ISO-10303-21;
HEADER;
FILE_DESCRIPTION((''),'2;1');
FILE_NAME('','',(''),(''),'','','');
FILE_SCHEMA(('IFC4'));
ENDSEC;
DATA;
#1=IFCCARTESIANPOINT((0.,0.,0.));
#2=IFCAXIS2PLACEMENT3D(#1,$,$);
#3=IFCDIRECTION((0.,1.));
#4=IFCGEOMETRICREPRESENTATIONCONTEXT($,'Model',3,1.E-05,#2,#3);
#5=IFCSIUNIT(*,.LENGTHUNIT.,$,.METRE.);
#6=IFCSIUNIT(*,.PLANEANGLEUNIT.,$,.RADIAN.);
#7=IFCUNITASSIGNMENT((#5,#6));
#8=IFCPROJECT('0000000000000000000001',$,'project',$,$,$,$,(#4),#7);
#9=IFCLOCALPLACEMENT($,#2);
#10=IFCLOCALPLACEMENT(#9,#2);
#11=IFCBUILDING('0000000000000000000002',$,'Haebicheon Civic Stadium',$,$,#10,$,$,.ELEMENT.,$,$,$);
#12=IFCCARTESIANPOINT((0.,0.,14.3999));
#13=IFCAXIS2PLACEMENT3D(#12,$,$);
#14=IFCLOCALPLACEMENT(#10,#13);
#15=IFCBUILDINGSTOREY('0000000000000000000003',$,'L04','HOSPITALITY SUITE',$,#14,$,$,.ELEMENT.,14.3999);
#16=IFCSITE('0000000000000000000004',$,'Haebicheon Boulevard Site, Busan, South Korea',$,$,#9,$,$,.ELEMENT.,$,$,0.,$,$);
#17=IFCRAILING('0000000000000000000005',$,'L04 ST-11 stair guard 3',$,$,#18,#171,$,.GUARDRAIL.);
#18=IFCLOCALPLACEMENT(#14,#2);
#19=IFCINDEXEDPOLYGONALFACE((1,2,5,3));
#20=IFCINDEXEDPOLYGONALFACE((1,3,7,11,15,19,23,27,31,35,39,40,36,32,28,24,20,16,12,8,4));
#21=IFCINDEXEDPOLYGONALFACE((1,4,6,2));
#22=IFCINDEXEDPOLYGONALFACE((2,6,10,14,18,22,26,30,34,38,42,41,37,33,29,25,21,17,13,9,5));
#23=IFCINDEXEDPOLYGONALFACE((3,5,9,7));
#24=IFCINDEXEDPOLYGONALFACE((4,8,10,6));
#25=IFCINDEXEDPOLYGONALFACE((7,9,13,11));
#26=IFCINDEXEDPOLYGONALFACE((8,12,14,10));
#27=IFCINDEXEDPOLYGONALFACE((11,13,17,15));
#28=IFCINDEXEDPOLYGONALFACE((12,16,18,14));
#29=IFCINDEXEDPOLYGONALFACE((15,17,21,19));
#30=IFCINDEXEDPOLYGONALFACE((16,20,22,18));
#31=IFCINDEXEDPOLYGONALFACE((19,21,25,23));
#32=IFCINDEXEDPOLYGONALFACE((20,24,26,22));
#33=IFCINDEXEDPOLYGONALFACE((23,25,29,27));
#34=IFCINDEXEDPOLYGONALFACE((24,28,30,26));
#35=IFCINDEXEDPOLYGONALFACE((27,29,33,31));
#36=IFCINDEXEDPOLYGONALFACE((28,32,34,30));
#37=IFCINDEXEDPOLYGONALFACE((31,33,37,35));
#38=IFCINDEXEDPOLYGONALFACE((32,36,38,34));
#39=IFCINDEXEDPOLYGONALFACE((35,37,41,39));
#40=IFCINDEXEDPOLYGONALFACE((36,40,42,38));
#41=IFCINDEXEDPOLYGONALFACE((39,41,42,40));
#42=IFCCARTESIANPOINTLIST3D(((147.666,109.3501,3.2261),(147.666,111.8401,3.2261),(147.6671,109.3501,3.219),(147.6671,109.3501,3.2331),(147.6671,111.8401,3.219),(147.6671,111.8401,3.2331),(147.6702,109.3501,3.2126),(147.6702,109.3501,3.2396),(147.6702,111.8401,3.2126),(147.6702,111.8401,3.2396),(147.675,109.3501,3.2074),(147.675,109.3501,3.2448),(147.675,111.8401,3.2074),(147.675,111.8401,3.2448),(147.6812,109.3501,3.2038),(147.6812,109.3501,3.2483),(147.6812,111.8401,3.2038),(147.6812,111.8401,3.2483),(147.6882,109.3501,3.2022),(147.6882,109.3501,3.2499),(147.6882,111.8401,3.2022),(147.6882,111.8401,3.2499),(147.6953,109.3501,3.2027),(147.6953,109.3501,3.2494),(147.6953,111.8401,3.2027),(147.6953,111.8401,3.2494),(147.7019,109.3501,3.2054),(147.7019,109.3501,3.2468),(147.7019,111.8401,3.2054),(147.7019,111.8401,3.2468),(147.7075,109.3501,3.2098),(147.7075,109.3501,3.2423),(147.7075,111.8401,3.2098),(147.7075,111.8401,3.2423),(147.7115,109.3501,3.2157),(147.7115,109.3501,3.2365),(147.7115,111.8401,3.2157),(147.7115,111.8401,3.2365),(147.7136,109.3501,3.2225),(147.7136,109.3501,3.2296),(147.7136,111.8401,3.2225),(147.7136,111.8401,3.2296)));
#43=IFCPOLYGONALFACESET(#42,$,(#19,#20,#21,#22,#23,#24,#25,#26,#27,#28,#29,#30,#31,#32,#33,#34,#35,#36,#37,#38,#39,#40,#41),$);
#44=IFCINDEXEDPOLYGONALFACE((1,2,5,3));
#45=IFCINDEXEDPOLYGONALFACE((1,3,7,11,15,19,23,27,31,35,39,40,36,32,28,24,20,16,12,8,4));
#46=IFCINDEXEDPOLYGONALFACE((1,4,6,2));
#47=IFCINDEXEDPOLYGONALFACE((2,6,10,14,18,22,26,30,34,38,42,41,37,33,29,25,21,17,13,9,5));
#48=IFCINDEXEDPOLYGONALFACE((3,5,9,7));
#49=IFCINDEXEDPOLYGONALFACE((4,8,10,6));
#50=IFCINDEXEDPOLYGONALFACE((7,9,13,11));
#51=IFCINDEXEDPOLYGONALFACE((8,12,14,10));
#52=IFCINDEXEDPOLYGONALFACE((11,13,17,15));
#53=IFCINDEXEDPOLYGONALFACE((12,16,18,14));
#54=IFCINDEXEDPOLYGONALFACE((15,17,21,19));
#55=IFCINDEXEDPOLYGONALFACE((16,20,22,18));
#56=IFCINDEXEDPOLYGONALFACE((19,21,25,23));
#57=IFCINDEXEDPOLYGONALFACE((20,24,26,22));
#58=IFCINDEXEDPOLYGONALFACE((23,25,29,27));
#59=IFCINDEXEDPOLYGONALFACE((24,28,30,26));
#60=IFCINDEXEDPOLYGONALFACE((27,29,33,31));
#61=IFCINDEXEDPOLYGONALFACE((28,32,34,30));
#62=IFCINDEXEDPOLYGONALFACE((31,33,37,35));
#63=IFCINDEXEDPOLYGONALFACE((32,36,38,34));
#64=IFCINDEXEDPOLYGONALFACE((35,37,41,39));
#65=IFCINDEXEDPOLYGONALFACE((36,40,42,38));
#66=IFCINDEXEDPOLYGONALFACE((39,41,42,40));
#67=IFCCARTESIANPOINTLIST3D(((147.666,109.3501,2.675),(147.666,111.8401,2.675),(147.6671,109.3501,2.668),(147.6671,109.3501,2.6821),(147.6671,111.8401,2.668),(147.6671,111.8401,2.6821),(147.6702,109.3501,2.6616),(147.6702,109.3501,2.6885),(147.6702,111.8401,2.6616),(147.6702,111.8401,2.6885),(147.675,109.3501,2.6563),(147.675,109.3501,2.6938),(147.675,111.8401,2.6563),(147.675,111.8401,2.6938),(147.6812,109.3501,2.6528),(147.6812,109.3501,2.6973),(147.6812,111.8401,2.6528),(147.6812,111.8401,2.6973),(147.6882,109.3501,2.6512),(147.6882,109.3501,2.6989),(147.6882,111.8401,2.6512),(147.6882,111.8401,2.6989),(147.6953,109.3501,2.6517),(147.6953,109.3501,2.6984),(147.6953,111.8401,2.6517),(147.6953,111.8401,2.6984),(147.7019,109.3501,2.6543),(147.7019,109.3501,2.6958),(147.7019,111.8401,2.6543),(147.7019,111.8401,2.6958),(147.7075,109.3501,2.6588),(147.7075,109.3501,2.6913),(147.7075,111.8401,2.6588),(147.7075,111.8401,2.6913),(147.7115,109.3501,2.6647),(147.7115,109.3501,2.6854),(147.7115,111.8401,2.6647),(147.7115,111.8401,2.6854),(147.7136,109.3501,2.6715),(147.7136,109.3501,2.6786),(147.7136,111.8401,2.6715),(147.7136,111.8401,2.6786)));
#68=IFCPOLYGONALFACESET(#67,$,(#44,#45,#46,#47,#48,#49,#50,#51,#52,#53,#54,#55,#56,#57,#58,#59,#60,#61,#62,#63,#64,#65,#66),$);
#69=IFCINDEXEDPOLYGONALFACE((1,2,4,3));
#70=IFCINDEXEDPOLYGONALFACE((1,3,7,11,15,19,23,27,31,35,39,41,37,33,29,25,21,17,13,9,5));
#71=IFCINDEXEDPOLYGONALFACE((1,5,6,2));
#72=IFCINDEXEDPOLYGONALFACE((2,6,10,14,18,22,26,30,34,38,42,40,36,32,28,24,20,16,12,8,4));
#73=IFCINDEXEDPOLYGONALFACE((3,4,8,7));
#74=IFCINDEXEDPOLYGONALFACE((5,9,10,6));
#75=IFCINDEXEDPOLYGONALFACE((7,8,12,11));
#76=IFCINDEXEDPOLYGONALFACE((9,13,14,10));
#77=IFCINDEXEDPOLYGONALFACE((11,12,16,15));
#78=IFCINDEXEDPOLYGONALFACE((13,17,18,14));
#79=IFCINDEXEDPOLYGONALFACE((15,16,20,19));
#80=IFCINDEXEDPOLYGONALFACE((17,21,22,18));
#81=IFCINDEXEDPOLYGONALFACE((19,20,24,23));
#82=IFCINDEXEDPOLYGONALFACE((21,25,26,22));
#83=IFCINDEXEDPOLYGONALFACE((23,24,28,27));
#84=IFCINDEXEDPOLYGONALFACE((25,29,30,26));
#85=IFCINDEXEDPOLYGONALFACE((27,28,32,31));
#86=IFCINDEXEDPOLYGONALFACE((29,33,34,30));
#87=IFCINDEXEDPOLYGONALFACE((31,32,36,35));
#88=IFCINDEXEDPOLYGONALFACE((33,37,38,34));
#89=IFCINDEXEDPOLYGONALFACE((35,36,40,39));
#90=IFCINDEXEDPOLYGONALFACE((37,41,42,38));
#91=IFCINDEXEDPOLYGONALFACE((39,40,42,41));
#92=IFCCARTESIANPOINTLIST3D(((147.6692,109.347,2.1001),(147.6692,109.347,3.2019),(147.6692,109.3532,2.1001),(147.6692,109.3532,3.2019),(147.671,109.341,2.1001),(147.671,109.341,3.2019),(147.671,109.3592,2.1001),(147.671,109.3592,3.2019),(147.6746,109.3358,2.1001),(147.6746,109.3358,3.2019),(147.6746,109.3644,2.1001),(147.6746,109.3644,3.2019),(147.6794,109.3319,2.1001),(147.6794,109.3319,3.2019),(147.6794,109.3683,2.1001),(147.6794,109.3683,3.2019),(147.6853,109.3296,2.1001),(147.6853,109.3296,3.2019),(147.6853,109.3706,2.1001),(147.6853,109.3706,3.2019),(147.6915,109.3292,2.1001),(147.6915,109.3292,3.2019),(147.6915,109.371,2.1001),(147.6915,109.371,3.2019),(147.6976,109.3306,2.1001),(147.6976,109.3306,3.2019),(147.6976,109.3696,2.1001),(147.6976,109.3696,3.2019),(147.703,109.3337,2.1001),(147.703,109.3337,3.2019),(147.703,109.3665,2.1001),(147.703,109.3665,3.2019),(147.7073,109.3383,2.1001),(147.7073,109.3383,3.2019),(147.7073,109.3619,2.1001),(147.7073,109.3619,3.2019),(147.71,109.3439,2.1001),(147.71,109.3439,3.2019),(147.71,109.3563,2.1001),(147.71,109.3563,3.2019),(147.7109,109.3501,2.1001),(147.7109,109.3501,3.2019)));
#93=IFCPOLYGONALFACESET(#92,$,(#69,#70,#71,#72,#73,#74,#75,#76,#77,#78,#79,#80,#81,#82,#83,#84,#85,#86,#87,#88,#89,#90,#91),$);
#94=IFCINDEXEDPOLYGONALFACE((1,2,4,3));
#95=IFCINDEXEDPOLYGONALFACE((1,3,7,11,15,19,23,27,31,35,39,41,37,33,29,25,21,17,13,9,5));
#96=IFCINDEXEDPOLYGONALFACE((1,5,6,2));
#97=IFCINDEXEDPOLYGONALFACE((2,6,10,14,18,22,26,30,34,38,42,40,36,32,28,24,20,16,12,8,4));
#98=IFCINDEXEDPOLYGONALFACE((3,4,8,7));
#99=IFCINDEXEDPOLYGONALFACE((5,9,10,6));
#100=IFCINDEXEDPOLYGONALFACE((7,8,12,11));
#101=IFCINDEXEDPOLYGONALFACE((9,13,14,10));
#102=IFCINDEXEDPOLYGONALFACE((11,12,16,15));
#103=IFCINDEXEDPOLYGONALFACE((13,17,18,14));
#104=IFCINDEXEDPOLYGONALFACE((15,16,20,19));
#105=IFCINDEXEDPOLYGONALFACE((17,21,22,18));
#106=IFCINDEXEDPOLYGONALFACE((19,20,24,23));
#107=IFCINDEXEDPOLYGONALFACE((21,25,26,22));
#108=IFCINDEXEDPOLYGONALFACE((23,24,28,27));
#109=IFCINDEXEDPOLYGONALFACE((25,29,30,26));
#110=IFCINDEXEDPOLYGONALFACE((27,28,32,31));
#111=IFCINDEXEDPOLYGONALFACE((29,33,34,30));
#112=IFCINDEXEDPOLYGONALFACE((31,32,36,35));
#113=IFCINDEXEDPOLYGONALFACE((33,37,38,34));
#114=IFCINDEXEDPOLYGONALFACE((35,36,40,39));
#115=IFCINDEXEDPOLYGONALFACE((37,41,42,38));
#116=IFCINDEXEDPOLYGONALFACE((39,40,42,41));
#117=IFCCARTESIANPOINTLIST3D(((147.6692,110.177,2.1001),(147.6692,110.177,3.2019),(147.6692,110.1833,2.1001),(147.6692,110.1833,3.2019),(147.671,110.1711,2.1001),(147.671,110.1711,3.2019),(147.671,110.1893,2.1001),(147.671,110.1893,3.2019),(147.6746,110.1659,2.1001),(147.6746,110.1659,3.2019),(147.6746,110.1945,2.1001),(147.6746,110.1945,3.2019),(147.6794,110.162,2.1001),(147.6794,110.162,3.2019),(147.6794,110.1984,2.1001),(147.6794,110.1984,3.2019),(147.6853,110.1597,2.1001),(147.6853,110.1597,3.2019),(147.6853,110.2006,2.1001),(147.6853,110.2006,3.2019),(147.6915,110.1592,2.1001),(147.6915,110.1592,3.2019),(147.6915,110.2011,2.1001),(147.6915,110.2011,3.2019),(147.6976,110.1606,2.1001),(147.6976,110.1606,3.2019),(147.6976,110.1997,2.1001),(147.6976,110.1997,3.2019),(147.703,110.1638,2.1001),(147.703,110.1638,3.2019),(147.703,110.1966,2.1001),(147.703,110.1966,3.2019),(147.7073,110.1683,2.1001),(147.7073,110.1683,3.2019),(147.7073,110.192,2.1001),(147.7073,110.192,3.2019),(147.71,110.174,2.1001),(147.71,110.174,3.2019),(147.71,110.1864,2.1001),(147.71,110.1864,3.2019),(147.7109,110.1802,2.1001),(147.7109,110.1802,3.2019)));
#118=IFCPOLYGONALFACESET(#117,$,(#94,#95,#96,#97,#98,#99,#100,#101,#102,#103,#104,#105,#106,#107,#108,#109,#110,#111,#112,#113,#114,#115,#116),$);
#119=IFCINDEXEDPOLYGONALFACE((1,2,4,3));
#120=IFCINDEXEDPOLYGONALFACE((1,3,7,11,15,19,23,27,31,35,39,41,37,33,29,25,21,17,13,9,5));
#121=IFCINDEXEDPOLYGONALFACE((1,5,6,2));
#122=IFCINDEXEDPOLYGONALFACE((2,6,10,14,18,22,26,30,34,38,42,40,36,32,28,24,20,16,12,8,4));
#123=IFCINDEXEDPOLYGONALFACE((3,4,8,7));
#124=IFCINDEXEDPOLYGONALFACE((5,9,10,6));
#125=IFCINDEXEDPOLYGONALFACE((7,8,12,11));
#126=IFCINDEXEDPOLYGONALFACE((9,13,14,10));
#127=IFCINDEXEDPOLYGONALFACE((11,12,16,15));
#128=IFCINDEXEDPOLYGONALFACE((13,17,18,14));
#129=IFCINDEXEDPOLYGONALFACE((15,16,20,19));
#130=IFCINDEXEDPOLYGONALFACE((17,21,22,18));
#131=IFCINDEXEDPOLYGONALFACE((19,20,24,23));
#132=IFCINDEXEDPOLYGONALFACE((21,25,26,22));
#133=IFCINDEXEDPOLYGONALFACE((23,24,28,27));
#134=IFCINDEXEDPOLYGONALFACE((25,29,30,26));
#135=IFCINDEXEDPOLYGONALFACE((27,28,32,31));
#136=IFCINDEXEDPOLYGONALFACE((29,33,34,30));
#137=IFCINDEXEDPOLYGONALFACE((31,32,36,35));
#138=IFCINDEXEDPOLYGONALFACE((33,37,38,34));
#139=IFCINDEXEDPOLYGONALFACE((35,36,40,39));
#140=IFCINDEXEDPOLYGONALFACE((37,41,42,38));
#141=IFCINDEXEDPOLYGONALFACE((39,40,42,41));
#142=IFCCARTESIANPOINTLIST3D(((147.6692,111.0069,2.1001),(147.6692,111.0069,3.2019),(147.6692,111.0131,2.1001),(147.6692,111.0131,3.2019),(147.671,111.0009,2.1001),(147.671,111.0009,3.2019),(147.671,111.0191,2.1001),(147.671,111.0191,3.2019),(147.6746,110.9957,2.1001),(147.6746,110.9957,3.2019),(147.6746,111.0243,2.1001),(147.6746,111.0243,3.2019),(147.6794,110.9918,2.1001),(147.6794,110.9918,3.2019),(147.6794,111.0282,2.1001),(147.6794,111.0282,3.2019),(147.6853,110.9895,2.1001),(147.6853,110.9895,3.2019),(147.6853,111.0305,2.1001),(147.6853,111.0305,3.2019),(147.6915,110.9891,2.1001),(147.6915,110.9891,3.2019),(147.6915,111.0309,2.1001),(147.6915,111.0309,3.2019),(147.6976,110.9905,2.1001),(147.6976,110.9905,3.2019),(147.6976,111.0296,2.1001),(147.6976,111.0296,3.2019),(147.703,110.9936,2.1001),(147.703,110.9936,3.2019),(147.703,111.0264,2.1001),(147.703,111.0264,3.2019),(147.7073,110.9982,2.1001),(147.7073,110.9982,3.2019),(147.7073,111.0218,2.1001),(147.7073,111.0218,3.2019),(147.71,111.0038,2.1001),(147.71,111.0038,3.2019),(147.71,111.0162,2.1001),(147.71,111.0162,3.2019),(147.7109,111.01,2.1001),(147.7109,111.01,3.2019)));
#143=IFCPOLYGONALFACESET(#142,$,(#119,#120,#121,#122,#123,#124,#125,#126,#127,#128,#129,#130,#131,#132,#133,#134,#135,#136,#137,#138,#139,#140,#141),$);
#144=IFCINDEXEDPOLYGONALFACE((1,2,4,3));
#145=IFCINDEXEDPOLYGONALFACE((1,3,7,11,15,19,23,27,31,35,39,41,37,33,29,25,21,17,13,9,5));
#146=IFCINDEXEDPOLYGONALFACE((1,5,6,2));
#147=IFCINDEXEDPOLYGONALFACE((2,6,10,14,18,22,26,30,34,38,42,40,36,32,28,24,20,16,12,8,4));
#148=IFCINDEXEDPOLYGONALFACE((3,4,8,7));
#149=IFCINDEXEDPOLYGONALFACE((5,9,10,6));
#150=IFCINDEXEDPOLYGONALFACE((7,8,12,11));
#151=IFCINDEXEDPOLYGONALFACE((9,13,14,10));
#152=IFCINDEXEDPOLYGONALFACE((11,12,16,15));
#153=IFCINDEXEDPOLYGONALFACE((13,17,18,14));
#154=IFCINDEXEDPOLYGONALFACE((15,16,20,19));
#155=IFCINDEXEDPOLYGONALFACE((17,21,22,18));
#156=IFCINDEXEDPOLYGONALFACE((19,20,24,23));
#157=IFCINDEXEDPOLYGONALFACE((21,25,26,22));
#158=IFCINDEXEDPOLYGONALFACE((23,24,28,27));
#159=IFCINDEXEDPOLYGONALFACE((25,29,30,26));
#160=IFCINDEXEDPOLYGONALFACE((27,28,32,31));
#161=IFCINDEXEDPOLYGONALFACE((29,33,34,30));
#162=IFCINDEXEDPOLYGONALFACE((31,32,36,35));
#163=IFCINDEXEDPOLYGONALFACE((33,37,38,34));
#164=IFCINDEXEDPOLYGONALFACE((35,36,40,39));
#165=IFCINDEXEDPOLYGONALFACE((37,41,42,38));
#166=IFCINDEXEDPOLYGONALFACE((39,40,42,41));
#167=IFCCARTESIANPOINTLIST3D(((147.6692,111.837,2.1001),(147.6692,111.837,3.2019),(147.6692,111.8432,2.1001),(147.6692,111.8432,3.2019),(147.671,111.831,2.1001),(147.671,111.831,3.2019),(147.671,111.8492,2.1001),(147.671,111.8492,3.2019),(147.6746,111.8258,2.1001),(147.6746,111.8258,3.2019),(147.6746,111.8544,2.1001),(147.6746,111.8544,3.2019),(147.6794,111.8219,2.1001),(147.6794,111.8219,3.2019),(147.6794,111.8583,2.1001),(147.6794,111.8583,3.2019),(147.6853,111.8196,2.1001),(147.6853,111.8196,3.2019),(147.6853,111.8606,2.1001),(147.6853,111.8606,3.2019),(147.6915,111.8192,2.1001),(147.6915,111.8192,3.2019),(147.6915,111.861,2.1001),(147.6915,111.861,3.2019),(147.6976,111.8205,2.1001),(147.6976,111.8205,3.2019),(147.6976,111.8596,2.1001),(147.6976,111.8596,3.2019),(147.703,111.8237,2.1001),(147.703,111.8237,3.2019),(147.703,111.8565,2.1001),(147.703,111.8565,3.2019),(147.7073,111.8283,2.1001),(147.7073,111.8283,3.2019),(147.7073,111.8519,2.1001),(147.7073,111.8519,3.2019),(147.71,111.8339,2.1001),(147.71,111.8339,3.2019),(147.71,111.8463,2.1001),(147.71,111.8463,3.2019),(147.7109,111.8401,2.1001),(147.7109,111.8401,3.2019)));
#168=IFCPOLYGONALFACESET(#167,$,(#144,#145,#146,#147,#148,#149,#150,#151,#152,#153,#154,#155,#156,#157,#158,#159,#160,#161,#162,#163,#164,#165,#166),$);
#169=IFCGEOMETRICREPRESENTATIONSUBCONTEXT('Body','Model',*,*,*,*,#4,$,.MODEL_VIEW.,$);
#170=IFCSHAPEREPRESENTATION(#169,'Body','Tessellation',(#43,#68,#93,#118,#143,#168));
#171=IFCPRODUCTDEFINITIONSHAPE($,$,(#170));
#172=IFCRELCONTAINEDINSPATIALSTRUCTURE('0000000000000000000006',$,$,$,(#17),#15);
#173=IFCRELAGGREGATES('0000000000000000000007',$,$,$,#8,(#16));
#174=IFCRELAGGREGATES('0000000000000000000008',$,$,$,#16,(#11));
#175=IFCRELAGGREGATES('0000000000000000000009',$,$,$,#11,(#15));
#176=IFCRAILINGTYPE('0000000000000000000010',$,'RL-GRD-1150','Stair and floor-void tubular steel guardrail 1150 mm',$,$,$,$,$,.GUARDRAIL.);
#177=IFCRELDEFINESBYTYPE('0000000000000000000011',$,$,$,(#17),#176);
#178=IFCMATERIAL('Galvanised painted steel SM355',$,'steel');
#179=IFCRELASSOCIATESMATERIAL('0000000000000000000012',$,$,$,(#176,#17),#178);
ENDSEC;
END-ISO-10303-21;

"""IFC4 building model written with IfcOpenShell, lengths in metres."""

from ifc_helpers import new_model, si_unit, direction, frame, origin, origin_2d, place, context, subcontext, project, spatial, circle, extrude, material, type_object, element, save


model = new_model("IFC4")

# Units and contexts
model_context = context("Model", 3, precision=1e-05, world=origin(), true_north=direction((0.0, 1.0)))
body_context = subcontext(model_context, "Body", "Model", "MODEL_VIEW")
ifc_project = project(units=[si_unit("LENGTHUNIT", "METRE"), si_unit("PLANEANGLEUNIT", "RADIAN")], contexts=[model_context])

# Site, building, storey
site_placement = place(None, origin())
site = spatial("IfcSite", under=ifc_project, at=site_placement, Name="Haebicheon Boulevard Site, Busan, South Korea", CompositionType="ELEMENT", RefElevation=0.0)
building_placement = place(site_placement, origin())
building = spatial("IfcBuilding", under=site, at=building_placement, Name="Haebicheon Civic Stadium", CompositionType="ELEMENT")
storey_placement = place(building_placement, frame((0.0, 0.0, 14.3999)))
storey = spatial("IfcBuildingStorey", under=building, at=storey_placement, Name="L04", Description="HOSPITALITY SUITE", CompositionType="ELEMENT", Elevation=14.3999)

# Railing
ifc_material_1 = material(Name="Galvanised painted steel SM355", Category="steel")
railing_type_1 = type_object("IfcRailingType", Name="RL-GRD-1150", Description="Stair and floor-void tubular steel guardrail 1150 mm", PredefinedType="GUARDRAIL", material=ifc_material_1)
for number, where, name in (
    (1, (147.6899, 109.3501, 2.1001), "L04 ST-11 stair guard 3"),
):
    element("IfcRailing", number, at=place(storey_placement, frame(where)), inside=storey, type_object=railing_type_1, material=ifc_material_1, Name=name, PredefinedType="GUARDRAIL", context=body_context, shape_type="SweptSolid", body=[
        extrude(circle(Radius=0.0239, at=origin_2d()), frame((0.0, 0.0, 1.126), z_axis=(0.0, 1.0, 0.0), x_axis=(-1.0, 0.0, 0.0)), (0.0, 0.0, 1.0), 2.49),
        extrude(circle(Radius=0.0239, at=origin_2d()), frame((0.0, 0.0, 0.575), z_axis=(0.0, 1.0, 0.0), x_axis=(-1.0, 0.0, 0.0)), (0.0, 0.0, 1.0), 2.49),
        extrude(circle(Radius=0.021, at=origin_2d()), origin(), (0.0, 0.0, 1.0), 1.1018),
        extrude(circle(Radius=0.021, at=origin_2d()), frame((0.0, 0.8301, 0.0)), (0.0, 0.0, 1.0), 1.1018),
        extrude(circle(Radius=0.021, at=origin_2d()), frame((0.0, 1.6599, 0.0)), (0.0, 0.0, 1.0), 1.1018),
        extrude(circle(Radius=0.021, at=origin_2d()), frame((0.0, 2.49, 0.0)), (0.0, 0.0, 1.0), 1.1018),
    ])

save(model, "model.ifc")
